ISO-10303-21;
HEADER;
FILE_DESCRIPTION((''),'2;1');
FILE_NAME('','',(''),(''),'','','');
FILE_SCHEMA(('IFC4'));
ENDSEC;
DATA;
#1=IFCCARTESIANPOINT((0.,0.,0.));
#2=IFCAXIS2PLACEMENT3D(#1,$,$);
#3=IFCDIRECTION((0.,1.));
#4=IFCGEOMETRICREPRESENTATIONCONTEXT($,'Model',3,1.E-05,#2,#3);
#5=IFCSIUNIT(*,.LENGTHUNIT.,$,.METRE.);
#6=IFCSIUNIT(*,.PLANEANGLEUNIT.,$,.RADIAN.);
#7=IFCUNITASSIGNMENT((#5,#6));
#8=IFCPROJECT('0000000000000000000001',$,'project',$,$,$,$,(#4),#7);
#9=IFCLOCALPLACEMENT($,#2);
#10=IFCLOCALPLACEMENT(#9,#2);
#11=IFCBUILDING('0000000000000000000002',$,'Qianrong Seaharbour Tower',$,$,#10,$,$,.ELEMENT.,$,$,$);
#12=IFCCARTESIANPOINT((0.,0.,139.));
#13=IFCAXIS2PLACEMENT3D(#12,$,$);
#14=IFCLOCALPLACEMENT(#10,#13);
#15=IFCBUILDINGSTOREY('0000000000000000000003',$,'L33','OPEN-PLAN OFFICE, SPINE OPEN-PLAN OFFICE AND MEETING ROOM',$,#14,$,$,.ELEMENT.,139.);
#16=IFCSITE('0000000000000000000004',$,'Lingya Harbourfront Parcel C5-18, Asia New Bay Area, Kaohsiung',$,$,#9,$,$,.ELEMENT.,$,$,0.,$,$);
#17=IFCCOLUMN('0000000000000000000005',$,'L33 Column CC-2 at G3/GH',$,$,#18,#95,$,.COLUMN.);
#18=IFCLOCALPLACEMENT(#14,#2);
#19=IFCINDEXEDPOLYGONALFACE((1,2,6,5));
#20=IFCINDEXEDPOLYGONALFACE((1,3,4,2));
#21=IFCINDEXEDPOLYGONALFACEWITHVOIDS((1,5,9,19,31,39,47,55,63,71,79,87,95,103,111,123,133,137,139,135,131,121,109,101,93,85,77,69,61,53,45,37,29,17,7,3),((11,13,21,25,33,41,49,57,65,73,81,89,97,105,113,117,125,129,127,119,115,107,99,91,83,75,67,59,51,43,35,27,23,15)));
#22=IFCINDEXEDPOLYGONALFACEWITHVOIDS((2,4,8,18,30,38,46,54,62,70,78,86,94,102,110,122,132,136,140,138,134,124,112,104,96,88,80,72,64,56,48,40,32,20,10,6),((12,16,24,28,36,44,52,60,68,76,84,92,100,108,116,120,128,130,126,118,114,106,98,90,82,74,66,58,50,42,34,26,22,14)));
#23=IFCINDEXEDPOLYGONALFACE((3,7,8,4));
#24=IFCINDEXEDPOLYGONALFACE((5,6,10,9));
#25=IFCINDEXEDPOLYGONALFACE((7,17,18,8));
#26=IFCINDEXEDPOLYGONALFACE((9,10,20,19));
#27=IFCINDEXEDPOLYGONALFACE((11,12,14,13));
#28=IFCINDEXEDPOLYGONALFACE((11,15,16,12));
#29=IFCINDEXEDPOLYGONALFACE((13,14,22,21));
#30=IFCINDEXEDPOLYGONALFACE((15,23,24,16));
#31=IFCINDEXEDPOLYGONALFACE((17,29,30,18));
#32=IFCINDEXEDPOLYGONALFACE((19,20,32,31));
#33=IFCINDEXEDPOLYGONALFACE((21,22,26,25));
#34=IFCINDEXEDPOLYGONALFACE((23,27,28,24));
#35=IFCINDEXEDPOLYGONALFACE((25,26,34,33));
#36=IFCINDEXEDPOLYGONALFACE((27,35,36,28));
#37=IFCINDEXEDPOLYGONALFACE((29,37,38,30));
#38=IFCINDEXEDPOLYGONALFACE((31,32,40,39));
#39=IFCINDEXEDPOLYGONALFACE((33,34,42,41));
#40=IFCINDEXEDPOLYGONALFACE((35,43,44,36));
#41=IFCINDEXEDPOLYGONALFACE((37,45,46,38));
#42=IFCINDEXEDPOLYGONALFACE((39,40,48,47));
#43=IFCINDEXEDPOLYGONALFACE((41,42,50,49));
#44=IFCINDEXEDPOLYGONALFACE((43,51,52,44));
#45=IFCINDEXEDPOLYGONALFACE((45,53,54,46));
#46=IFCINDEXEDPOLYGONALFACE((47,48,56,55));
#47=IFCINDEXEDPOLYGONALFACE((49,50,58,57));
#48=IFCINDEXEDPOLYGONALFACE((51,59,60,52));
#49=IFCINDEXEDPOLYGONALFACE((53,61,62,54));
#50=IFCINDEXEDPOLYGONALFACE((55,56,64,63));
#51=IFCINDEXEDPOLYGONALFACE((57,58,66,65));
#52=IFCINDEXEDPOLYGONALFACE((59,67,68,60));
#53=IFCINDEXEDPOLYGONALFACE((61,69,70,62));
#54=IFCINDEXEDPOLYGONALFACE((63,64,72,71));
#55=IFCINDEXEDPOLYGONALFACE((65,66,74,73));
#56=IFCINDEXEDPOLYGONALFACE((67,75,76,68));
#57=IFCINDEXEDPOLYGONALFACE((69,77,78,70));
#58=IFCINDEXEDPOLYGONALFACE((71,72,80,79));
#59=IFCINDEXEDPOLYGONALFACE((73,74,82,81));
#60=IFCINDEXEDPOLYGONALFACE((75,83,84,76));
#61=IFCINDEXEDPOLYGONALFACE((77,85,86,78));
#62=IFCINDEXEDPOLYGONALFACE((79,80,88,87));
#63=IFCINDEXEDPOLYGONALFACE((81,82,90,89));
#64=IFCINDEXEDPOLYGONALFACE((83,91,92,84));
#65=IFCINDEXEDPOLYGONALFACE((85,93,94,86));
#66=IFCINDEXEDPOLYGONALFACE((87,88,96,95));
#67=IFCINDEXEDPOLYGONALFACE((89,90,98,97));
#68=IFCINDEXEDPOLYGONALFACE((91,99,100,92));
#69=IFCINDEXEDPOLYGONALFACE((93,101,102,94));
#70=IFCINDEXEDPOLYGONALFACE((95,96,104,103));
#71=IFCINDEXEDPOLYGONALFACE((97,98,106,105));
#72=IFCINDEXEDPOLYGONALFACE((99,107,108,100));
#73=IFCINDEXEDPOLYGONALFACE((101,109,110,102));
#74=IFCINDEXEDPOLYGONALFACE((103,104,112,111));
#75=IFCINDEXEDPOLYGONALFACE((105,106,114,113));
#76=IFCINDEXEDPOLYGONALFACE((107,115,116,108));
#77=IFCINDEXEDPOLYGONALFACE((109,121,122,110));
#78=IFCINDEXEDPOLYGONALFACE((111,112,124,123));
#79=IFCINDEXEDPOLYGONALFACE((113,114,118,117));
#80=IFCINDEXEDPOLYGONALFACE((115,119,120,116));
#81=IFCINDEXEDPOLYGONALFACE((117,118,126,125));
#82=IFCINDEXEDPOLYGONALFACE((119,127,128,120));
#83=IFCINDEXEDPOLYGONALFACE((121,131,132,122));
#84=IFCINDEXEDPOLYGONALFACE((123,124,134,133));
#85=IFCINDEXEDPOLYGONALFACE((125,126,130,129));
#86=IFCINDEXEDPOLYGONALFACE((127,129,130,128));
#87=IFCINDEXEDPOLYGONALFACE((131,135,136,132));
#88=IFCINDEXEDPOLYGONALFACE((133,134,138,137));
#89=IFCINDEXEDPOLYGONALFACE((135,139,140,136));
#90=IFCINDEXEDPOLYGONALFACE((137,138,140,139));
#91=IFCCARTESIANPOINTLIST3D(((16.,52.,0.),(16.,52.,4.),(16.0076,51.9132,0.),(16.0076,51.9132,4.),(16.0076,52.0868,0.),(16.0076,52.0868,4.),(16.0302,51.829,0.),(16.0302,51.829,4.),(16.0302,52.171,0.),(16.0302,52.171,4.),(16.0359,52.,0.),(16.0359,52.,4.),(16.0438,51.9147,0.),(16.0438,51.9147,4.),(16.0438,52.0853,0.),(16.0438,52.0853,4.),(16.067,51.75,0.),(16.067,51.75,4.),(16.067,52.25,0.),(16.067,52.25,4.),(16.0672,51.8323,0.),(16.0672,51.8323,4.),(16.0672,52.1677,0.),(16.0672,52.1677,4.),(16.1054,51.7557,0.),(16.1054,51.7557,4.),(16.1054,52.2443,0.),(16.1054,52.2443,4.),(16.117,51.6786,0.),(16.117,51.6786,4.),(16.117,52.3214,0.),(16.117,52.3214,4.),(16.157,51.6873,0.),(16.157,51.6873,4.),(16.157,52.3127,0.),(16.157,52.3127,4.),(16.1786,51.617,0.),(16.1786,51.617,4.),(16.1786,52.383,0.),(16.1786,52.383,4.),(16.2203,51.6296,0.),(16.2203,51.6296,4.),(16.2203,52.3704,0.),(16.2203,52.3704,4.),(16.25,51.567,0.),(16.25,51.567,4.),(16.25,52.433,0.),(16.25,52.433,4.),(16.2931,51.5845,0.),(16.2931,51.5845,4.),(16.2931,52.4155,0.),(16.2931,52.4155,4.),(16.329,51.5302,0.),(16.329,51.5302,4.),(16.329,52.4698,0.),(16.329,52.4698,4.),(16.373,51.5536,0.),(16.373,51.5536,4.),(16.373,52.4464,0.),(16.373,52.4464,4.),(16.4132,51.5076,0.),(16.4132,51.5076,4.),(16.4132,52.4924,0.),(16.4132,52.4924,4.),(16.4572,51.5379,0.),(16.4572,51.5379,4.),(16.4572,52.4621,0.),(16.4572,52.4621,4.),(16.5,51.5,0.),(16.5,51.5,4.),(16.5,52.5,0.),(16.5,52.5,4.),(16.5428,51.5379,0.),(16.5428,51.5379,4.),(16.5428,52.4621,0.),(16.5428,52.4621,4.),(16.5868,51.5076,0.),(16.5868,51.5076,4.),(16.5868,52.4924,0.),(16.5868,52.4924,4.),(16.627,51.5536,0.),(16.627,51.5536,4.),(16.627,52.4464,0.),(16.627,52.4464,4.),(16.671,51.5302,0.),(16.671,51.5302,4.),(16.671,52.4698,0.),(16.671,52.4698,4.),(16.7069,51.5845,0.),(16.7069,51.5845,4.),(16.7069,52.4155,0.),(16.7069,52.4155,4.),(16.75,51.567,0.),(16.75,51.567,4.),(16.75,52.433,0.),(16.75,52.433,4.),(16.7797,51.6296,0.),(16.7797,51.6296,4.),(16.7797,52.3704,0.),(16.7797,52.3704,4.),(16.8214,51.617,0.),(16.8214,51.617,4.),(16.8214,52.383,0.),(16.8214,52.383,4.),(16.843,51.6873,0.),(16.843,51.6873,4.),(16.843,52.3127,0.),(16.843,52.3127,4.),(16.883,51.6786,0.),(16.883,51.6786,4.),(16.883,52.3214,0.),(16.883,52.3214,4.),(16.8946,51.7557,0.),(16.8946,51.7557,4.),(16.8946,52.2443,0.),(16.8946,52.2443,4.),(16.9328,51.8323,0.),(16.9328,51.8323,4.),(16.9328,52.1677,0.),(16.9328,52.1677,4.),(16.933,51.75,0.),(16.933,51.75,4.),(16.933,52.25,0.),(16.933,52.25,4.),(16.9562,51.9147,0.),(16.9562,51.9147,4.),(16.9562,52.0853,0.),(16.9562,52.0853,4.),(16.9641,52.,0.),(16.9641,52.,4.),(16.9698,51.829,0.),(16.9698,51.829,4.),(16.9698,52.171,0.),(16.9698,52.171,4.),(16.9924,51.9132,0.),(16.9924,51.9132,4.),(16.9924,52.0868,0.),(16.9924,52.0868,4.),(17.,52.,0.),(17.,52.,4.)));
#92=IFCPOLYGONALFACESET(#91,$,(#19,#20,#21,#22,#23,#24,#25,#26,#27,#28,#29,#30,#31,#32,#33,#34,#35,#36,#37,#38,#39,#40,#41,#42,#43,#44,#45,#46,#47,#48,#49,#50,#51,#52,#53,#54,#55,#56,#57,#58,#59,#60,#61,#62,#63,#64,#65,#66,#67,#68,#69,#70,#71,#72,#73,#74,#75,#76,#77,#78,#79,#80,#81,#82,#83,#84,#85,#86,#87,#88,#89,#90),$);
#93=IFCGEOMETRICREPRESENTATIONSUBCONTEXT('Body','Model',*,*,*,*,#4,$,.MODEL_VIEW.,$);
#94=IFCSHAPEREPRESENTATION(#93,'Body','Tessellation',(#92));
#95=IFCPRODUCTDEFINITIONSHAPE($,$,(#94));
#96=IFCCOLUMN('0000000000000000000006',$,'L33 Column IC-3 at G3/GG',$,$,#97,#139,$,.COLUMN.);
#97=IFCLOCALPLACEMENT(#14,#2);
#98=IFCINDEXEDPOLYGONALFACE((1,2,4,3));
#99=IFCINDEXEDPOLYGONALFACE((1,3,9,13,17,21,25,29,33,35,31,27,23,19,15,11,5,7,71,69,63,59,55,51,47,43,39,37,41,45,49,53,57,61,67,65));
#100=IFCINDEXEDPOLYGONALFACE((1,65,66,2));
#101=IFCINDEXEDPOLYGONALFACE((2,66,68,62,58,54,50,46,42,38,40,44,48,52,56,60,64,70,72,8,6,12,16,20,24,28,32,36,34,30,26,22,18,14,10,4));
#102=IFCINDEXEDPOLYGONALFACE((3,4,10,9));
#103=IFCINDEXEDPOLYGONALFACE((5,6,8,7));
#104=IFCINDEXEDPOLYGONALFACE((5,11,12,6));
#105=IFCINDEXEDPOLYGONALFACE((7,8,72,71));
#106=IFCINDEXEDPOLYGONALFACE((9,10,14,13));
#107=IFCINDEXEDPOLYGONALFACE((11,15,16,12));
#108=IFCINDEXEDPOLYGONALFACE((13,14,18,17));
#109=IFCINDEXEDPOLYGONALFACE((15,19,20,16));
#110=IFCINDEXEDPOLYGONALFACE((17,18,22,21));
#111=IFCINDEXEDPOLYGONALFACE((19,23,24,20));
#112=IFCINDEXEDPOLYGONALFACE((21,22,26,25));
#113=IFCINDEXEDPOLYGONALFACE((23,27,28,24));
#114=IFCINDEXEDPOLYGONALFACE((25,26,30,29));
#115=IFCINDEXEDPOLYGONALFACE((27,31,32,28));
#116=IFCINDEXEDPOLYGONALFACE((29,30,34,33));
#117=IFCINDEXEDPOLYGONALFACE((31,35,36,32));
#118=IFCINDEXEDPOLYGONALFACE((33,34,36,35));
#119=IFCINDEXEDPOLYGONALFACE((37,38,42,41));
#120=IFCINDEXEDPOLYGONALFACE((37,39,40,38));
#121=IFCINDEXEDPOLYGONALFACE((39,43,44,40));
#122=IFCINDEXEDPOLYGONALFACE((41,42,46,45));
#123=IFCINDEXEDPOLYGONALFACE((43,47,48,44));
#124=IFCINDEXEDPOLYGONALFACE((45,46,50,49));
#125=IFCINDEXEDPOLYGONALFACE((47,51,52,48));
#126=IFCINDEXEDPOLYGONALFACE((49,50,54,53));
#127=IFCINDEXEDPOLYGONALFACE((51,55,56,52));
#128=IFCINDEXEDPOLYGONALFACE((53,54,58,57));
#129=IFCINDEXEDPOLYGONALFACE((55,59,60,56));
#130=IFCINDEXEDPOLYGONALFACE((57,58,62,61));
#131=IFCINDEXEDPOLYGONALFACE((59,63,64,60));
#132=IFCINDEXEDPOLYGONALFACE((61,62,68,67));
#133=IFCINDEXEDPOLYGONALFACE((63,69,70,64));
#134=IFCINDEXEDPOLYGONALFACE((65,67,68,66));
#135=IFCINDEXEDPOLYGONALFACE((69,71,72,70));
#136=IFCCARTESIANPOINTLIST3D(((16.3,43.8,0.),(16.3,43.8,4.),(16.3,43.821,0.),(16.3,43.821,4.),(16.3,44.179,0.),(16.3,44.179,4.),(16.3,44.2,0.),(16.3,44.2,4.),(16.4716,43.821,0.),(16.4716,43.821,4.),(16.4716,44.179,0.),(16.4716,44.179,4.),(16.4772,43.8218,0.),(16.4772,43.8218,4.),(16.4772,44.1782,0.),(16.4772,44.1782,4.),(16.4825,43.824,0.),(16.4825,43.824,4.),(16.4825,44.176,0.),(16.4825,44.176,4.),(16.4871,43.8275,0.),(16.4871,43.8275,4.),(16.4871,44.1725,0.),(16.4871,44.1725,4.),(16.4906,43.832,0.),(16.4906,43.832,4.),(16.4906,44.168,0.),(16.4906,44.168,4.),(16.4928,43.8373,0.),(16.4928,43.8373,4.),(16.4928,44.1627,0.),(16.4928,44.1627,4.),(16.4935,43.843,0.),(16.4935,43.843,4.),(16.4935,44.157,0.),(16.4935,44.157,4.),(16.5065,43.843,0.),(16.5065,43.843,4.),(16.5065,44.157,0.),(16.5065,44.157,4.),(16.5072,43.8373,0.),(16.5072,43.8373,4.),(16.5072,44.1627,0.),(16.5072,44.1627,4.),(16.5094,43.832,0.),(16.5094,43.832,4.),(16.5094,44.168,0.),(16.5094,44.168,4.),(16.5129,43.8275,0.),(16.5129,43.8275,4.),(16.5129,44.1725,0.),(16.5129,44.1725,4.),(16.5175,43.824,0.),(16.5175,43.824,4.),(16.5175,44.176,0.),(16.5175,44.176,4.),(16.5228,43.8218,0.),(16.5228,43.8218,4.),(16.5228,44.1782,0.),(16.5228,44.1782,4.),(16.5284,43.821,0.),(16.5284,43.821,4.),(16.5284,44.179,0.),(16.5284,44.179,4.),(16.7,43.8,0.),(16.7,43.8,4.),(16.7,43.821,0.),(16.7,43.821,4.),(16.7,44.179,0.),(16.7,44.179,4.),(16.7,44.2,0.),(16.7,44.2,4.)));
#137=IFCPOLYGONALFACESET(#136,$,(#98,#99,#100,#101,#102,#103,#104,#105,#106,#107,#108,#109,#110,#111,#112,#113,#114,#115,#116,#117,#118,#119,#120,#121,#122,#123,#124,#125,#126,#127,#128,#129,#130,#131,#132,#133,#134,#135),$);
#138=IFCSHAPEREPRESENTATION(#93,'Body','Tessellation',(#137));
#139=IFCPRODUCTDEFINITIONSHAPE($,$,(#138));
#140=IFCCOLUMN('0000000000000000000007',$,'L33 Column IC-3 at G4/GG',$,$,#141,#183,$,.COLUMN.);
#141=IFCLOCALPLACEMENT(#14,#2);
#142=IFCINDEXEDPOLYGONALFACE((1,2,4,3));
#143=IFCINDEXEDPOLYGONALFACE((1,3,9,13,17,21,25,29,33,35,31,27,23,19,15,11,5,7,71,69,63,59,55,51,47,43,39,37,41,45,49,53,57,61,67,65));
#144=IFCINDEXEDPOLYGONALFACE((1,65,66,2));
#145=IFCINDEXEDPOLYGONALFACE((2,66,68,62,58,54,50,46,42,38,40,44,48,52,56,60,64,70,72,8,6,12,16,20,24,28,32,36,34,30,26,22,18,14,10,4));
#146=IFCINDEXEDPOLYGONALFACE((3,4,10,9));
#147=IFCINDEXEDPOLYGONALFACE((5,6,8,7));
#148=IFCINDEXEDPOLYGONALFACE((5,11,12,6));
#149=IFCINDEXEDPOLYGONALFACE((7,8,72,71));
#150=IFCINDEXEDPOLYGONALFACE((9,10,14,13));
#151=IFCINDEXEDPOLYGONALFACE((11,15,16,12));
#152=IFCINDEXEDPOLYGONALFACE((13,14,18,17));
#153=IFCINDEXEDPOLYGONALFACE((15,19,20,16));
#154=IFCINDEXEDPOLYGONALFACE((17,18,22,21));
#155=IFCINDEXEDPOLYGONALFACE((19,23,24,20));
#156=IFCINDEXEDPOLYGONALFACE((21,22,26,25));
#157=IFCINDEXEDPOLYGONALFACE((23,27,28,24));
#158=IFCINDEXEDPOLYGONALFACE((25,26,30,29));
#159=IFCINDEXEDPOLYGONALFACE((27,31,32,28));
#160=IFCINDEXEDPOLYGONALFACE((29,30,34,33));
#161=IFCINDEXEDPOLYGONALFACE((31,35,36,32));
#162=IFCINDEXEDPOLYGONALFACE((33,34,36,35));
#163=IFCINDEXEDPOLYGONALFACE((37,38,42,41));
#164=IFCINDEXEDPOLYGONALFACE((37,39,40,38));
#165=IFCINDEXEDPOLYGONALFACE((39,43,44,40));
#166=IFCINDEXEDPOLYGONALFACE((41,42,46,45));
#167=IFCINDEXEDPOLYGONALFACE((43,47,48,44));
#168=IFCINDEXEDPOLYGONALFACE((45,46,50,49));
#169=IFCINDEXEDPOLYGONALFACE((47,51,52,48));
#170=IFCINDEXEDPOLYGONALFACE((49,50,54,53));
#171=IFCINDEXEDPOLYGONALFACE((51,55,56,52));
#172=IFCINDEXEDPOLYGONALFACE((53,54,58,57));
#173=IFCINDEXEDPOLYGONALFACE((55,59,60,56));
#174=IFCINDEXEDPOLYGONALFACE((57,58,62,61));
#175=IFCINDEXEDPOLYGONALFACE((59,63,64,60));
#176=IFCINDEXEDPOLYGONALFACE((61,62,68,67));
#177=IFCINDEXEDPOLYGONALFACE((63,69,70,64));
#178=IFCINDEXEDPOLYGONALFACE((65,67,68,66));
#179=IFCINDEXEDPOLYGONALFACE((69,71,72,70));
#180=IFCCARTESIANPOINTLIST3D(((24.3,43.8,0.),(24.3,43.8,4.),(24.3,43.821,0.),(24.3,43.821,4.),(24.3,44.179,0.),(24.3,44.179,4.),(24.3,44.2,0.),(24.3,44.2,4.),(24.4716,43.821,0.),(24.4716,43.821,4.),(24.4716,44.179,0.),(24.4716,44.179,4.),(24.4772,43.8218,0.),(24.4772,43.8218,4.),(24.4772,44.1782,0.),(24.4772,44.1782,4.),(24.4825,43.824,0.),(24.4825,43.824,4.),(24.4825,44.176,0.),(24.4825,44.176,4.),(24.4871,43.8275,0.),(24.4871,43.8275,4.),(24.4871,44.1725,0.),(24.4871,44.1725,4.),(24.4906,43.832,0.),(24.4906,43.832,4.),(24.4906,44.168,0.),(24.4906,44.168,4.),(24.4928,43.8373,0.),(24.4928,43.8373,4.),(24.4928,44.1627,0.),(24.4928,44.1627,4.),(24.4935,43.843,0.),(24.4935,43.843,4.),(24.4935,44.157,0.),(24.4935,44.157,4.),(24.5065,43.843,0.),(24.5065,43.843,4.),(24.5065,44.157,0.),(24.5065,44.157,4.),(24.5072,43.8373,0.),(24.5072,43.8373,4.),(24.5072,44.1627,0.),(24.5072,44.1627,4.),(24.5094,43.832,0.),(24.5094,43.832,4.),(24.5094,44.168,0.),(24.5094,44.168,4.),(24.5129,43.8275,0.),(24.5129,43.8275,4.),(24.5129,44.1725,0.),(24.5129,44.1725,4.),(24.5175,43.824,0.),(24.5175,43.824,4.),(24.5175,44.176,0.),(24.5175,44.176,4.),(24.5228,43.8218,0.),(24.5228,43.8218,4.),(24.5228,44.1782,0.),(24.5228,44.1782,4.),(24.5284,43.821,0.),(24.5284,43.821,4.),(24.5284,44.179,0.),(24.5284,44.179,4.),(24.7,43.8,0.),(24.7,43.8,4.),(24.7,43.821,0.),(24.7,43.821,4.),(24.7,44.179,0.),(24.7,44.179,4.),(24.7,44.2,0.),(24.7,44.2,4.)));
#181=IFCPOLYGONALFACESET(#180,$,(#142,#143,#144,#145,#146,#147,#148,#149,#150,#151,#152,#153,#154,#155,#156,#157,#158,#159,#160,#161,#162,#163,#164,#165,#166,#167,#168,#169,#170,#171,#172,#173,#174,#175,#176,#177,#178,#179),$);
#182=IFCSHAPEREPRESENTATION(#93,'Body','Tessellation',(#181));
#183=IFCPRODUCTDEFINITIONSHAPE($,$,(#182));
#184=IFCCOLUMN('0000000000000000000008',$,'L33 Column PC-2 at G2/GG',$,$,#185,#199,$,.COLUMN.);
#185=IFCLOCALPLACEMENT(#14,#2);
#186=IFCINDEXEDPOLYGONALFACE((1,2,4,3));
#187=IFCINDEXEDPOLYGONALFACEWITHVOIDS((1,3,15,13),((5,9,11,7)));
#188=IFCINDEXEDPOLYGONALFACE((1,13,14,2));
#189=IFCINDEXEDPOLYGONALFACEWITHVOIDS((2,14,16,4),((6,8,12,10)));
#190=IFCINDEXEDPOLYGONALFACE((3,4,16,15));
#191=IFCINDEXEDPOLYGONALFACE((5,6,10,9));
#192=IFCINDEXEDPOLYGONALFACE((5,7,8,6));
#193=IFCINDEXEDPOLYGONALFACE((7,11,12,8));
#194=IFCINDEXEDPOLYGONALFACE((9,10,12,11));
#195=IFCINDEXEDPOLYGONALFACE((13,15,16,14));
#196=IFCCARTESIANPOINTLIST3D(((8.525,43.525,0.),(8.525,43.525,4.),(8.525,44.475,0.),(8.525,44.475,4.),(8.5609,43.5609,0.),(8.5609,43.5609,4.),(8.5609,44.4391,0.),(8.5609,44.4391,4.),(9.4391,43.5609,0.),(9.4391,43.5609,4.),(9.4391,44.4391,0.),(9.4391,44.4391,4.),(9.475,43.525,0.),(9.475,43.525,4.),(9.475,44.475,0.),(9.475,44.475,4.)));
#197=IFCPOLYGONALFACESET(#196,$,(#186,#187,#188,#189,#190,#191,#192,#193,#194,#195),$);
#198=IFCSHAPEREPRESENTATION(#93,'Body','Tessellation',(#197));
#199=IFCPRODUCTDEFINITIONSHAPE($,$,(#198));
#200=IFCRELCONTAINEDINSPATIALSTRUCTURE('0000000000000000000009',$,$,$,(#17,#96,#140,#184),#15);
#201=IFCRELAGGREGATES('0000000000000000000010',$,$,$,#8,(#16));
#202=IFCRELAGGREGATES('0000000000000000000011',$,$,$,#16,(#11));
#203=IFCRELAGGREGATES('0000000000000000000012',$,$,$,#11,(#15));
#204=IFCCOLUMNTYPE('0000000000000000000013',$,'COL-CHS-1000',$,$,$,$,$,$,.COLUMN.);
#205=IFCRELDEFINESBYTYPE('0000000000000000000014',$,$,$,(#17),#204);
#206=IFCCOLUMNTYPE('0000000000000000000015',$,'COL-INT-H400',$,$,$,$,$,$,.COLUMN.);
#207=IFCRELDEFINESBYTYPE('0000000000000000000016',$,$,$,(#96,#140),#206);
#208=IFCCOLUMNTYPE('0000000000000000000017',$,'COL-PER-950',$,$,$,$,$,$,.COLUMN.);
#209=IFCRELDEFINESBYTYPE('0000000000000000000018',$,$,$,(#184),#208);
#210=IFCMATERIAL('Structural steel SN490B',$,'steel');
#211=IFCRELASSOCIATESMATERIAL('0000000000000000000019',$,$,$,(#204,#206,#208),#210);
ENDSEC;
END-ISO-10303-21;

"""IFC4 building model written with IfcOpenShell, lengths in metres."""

from ifc_helpers import new_model, si_unit, direction, frame, origin, origin_2d, place, context, subcontext, project, spatial, hollow_rectangle, hollow_circle, i_section, extrude, material, material_profile, profile_set, type_object, element, save


model = new_model("IFC4")

# Units and contexts
model_context = context("Model", 3, precision=1e-05, world=origin(), true_north=direction((0.0, 1.0)))
body_context = subcontext(model_context, "Body", "Model", "MODEL_VIEW")
ifc_project = project(units=[si_unit("LENGTHUNIT", "METRE"), si_unit("PLANEANGLEUNIT", "RADIAN")], contexts=[model_context])

# Site, building, storey
site_placement = place(None, origin())
site = spatial("IfcSite", under=ifc_project, at=site_placement, Name="Lingya Harbourfront Parcel C5-18, Asia New Bay Area, Kaohsiung", CompositionType="ELEMENT", RefElevation=0.0)
building_placement = place(site_placement, origin())
building = spatial("IfcBuilding", under=site, at=building_placement, Name="Qianrong Seaharbour Tower", CompositionType="ELEMENT")
storey_placement = place(building_placement, frame((0.0, 0.0, 139.0)))
storey = spatial("IfcBuildingStorey", under=building, at=storey_placement, Name="L33", Description="OPEN-PLAN OFFICE, SPINE OPEN-PLAN OFFICE AND MEETING ROOM", CompositionType="ELEMENT", Elevation=139.0)

# Columns
ifc_material_1 = material(Name="Structural steel SN490B", Category="steel")
ifc_material_profile_1 = material_profile(ifc_material_1, hollow_circle(Radius=0.5, WallThickness=0.0359, at=origin_2d()), Name="CHS1000x36")
ifc_profile_set_1 = profile_set([ifc_material_profile_1], Name="Structural steel SN490B")
column_type_1 = type_object("IfcColumnType", Name="COL-CHS-1000", PredefinedType="COLUMN", material=ifc_profile_set_1)
column_1_placement = place(storey_placement, frame((16.5, 52.0, 0.0), z_axis=(0.0, 0.0, 1.0), x_axis=(1.0, 0.0, 0.0)))
element("IfcColumn", 1, at=column_1_placement, inside=storey, type_object=column_type_1, Name="L33 Column CC-2 at G3/GH", PredefinedType="COLUMN", context=body_context, shape_type="SweptSolid", body=[
    extrude(hollow_circle(Radius=0.5, WallThickness=0.0359, at=origin_2d()), origin(), (0.0, 0.0, 1.0), 4.0),
])
ifc_material_profile_2 = material_profile(ifc_material_1, i_section(OverallWidth=0.3999, OverallDepth=0.3999, WebThickness=0.0129, FlangeThickness=0.021, FilletRadius=0.022, at=origin_2d()), Name="H400x400x13x21")
ifc_profile_set_2 = profile_set([ifc_material_profile_2], Name="Structural steel SN490B")
column_type_2 = type_object("IfcColumnType", Name="COL-INT-H400", PredefinedType="COLUMN", material=ifc_profile_set_2)
for number, where, z_axis, x_axis, name in (
    (2, (16.5, 44.0, 0.0), (0.0, 0.0, 1.0), (1.0, 0.0, 0.0), "L33 Column IC-3 at G3/GG"),
    (3, (24.5, 44.0, 0.0), (0.0, 0.0, 1.0), (1.0, 0.0, 0.0), "L33 Column IC-3 at G4/GG"),
):
    element("IfcColumn", number, at=place(storey_placement, frame(where, z_axis=z_axis, x_axis=x_axis)), inside=storey, type_object=column_type_2, Name=name, PredefinedType="COLUMN", context=body_context, shape_type="SweptSolid", body=[
        extrude(i_section(OverallWidth=0.3999, OverallDepth=0.3999, WebThickness=0.0129, FlangeThickness=0.021, FilletRadius=0.022, at=origin_2d()), origin(), (0.0, 0.0, 1.0), 4.0),
    ])
ifc_material_profile_3 = material_profile(ifc_material_1, hollow_rectangle(XDim=0.95, YDim=0.95, WallThickness=0.0359, at=origin_2d()), Name="BOX950x950x36")
ifc_profile_set_3 = profile_set([ifc_material_profile_3], Name="Structural steel SN490B")
column_type_3 = type_object("IfcColumnType", Name="COL-PER-950", PredefinedType="COLUMN", material=ifc_profile_set_3)
column_2_placement = place(storey_placement, frame((9.0, 44.0, 0.0), z_axis=(0.0, 0.0, 1.0), x_axis=(1.0, 0.0, 0.0)))
element("IfcColumn", 4, at=column_2_placement, inside=storey, type_object=column_type_3, Name="L33 Column PC-2 at G2/GG", PredefinedType="COLUMN", context=body_context, shape_type="SweptSolid", body=[
    extrude(hollow_rectangle(XDim=0.95, YDim=0.95, WallThickness=0.0359, at=origin_2d()), origin(), (0.0, 0.0, 1.0), 4.0),
])

save(model, "model.ifc")
